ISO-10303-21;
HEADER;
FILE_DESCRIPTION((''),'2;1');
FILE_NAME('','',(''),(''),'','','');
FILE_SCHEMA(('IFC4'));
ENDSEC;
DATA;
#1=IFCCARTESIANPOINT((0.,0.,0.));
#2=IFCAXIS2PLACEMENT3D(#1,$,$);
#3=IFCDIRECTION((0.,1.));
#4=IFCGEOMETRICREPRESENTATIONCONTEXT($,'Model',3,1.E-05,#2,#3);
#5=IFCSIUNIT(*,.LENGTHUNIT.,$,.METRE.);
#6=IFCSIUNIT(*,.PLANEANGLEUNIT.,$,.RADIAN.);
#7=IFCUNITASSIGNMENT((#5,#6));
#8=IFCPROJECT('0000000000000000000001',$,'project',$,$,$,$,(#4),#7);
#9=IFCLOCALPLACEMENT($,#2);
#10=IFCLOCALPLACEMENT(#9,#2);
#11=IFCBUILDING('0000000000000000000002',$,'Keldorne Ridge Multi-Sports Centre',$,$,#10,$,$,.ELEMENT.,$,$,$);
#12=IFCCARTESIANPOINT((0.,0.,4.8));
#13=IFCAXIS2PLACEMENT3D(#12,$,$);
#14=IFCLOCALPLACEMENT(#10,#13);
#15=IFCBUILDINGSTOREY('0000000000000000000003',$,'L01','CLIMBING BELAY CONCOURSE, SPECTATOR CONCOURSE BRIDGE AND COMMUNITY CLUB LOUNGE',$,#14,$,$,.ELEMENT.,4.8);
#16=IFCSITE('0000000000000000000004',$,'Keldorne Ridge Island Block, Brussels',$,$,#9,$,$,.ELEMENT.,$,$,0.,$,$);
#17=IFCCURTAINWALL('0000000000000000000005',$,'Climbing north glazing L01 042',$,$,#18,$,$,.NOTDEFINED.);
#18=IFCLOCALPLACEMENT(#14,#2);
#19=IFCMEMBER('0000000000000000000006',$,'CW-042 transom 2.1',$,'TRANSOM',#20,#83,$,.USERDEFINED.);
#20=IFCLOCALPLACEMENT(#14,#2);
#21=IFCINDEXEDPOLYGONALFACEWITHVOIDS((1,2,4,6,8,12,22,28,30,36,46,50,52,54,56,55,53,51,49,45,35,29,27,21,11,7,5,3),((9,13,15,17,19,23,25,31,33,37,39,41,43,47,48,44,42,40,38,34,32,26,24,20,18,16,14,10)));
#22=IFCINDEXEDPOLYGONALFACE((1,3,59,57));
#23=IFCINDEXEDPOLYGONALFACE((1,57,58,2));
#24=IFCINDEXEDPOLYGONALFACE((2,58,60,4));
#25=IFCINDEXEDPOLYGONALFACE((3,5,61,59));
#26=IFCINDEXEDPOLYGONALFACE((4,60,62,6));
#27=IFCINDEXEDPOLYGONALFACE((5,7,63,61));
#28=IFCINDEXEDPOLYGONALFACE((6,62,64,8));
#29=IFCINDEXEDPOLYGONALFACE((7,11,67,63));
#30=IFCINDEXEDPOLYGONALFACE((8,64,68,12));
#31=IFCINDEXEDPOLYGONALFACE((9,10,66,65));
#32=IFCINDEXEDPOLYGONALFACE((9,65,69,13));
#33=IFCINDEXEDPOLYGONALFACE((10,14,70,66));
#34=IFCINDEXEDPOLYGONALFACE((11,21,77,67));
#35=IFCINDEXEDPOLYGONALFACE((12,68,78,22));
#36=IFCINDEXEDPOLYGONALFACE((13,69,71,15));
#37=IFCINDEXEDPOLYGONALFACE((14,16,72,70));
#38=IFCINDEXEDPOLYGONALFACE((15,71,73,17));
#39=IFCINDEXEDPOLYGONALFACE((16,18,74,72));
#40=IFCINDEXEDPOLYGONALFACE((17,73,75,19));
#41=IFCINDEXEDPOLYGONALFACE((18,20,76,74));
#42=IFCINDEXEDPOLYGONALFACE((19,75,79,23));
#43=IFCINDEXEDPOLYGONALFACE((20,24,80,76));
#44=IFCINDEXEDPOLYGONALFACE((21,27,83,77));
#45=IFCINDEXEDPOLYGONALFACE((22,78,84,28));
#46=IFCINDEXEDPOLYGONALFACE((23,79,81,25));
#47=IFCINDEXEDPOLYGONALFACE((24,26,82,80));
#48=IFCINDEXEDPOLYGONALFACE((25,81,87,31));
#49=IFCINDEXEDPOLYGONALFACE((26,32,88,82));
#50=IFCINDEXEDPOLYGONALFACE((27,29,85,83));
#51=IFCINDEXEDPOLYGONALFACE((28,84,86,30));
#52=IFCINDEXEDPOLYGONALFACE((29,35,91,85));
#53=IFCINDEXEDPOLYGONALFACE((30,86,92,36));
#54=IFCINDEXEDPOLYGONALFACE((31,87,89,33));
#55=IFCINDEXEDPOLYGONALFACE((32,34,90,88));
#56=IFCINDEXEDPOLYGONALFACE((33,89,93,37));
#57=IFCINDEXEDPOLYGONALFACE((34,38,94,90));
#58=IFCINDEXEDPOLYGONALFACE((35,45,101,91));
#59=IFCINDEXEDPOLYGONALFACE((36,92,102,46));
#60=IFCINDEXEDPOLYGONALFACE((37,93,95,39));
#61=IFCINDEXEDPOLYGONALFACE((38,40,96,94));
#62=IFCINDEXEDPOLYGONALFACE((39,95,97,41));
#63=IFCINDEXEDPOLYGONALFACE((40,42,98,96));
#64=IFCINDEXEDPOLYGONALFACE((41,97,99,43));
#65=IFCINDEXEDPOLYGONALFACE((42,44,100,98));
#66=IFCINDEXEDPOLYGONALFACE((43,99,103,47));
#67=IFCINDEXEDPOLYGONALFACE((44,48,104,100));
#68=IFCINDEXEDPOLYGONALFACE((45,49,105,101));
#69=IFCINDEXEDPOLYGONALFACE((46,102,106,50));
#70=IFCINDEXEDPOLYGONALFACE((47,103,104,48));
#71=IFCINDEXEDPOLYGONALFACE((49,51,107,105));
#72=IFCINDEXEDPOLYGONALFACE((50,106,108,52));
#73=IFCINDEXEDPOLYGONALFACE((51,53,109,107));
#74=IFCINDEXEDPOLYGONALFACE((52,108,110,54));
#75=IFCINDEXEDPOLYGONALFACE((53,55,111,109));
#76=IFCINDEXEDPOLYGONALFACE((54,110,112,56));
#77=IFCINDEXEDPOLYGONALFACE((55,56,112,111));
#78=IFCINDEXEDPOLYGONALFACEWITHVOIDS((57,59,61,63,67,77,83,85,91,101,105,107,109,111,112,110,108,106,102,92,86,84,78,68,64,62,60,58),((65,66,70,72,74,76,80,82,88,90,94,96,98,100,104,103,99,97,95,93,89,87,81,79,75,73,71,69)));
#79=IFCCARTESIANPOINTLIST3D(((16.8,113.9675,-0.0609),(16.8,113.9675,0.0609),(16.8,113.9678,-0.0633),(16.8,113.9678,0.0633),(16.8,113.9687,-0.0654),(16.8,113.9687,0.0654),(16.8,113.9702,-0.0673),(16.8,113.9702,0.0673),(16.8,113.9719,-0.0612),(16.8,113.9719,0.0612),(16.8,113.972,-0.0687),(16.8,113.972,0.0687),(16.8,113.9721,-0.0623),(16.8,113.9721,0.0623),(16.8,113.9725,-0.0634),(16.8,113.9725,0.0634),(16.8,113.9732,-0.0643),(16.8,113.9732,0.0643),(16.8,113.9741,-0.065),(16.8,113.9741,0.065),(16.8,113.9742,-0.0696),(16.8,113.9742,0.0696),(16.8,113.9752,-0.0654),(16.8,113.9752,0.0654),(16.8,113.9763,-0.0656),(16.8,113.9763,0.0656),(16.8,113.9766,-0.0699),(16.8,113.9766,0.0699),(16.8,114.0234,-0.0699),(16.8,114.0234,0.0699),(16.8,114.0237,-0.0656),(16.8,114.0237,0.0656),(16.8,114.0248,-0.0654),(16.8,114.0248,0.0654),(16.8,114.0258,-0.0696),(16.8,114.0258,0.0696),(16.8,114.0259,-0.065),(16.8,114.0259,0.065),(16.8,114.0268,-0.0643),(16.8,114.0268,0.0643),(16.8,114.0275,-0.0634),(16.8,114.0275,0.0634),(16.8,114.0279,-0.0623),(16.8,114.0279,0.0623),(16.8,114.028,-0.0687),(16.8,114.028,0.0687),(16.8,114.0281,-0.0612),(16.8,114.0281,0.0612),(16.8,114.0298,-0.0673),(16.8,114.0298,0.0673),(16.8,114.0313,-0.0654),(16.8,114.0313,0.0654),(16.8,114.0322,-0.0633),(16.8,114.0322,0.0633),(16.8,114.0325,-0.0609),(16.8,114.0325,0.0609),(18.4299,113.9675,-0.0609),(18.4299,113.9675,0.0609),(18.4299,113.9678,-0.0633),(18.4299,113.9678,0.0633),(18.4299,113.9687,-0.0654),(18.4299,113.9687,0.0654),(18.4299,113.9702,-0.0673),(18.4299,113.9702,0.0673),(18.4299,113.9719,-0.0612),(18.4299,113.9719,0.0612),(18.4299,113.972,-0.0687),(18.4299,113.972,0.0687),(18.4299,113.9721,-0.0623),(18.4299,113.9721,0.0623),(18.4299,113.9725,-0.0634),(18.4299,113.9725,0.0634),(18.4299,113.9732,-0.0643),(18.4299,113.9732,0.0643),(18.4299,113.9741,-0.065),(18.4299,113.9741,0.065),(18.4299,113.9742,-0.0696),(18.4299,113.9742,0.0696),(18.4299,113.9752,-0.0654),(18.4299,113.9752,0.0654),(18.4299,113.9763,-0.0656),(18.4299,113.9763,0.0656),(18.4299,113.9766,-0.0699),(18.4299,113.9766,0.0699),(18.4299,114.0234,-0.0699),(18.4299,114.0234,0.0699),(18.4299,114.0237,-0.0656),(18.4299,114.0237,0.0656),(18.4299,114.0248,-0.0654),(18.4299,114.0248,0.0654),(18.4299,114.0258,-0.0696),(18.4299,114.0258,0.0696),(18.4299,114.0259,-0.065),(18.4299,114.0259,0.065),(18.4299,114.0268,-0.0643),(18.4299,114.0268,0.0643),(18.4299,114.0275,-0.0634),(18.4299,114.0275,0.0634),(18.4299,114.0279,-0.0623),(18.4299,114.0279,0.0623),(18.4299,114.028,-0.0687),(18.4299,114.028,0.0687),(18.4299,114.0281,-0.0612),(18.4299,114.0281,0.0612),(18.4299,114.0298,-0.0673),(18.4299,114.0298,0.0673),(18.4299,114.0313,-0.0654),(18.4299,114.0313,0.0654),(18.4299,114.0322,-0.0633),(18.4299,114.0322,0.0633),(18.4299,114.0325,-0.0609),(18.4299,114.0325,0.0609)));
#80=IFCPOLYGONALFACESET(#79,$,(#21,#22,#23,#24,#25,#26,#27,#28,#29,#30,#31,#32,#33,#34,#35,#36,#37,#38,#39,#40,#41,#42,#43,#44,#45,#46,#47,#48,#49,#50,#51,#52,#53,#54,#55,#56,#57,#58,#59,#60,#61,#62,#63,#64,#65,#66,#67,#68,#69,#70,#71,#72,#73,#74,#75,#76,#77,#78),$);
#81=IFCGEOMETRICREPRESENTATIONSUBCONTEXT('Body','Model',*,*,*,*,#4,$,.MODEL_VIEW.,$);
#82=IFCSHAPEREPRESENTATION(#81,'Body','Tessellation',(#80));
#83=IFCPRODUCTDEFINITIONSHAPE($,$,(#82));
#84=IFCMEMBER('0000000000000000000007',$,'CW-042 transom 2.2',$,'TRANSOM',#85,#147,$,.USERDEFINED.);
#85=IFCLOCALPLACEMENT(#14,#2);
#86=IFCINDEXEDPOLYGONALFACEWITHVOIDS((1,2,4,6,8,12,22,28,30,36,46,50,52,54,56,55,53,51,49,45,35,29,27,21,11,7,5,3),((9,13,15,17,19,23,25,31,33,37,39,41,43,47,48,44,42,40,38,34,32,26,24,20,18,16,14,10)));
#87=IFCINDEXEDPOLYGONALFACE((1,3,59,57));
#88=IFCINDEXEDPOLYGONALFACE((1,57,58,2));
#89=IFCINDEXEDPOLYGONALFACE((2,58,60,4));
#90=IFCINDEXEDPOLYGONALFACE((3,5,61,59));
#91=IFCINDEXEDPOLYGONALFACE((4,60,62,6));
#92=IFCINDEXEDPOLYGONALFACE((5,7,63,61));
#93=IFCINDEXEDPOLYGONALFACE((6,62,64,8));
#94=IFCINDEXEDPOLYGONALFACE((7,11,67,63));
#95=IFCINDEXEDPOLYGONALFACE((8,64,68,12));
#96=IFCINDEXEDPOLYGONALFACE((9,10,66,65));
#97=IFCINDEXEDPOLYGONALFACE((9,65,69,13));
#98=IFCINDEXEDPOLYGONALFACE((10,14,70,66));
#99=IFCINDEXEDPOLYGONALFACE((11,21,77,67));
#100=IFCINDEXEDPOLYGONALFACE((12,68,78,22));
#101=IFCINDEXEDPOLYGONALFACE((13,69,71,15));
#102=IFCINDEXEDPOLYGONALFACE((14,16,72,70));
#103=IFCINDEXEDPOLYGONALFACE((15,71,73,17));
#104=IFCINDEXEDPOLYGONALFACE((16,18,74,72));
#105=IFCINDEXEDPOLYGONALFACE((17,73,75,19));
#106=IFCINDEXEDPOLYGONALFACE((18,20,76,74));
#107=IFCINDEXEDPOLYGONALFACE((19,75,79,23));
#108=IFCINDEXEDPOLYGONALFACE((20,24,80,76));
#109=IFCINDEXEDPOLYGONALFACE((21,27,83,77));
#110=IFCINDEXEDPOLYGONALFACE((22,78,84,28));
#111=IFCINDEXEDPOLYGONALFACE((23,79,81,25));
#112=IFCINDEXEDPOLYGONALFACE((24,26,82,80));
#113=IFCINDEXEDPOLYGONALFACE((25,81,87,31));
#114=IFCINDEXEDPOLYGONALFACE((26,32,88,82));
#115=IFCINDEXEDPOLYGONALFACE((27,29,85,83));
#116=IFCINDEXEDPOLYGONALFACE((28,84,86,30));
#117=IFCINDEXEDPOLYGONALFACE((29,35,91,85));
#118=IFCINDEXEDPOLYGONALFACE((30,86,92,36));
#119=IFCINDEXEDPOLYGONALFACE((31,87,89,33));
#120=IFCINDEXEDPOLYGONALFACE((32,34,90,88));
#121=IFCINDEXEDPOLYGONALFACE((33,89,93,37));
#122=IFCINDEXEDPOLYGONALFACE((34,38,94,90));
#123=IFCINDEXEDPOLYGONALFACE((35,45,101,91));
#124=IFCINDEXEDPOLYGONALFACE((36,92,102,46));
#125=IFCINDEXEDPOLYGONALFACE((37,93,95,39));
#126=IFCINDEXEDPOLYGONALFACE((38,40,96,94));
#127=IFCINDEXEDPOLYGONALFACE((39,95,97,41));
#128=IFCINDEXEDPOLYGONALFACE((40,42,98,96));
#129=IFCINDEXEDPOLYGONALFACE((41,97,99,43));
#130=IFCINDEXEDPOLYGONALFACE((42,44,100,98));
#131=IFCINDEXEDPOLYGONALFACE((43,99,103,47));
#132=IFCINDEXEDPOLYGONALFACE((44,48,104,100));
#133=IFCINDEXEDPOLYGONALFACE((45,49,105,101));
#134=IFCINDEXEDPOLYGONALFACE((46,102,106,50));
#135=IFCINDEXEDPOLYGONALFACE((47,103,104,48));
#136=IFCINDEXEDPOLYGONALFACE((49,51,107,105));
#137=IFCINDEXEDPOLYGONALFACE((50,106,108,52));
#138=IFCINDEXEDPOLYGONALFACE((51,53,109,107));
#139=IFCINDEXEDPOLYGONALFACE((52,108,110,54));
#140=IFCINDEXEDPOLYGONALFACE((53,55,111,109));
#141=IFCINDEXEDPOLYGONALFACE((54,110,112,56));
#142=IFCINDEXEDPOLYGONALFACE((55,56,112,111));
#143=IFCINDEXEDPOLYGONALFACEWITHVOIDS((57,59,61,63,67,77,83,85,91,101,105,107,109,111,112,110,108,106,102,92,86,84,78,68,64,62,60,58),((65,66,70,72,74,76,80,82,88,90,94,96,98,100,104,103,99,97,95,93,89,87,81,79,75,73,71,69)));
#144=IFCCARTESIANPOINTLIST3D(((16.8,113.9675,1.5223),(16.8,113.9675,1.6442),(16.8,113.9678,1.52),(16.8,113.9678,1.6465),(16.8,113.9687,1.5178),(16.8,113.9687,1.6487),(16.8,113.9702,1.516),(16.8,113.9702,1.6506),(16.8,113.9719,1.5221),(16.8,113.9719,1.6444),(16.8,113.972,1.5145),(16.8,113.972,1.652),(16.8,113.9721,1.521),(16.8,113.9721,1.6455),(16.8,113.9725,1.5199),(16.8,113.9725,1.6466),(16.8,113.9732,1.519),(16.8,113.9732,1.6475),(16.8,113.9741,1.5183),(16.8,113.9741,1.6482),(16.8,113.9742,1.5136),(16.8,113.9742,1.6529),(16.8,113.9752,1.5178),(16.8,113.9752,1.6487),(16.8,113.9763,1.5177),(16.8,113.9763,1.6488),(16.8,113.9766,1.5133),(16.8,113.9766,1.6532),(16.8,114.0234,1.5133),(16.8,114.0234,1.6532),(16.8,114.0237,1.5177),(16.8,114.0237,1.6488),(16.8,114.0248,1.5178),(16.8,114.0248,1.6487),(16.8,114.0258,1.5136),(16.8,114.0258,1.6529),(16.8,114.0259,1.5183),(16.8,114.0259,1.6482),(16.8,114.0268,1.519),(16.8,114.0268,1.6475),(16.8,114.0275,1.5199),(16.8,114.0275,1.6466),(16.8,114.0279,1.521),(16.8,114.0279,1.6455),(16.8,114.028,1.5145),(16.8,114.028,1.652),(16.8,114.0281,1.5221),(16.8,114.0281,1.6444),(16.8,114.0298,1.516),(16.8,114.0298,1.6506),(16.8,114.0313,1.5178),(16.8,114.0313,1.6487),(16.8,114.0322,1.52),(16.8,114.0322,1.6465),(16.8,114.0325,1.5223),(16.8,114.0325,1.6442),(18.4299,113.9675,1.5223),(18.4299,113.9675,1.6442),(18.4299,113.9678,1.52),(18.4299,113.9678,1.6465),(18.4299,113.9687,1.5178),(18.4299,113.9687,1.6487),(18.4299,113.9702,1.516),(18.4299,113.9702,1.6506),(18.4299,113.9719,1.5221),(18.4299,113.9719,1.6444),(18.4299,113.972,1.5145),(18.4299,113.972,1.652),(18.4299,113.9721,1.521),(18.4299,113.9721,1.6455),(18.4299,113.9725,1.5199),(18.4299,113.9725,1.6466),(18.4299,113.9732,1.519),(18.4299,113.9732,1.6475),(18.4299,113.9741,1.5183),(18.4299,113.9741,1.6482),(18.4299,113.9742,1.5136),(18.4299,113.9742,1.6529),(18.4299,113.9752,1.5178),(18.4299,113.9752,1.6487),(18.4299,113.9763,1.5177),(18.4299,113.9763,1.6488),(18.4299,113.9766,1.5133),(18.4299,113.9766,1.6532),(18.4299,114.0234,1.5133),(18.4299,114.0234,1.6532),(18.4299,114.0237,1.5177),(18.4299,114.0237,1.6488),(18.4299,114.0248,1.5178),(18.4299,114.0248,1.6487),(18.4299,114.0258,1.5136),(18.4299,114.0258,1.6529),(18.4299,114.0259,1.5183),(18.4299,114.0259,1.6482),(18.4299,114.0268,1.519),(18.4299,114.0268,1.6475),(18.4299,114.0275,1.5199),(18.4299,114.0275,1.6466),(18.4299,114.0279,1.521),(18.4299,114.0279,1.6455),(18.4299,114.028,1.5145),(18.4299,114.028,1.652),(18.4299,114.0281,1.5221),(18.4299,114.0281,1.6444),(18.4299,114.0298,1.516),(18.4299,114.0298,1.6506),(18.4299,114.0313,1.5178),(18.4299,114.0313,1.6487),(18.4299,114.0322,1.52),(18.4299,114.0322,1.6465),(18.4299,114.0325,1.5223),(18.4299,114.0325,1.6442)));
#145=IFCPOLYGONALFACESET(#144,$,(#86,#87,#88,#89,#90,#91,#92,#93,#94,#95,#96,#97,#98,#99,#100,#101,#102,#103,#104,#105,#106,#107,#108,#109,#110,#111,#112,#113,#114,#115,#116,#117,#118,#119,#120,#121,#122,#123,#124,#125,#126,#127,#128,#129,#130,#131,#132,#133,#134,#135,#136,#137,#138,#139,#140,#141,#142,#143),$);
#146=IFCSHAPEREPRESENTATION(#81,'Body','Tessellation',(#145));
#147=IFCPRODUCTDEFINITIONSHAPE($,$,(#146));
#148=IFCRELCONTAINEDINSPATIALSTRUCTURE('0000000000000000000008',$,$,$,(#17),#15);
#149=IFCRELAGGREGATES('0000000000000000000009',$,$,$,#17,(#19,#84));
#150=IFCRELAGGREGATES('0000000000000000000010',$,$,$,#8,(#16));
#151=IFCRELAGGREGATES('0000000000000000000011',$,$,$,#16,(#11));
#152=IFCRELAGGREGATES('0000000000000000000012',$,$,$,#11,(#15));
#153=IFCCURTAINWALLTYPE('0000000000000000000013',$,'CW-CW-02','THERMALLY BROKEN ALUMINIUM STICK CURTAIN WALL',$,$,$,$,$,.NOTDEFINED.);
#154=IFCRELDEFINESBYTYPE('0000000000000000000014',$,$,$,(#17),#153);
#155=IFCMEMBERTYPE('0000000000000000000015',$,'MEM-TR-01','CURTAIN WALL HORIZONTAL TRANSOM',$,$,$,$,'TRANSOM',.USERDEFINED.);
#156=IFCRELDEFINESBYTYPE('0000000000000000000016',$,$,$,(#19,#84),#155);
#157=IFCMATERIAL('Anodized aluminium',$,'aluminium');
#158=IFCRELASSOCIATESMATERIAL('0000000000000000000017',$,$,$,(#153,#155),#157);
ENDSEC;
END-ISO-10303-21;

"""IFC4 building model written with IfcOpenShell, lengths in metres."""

from ifc_helpers import new_model, si_unit, direction, frame, origin, origin_2d, place, context, subcontext, project, spatial, hollow_rectangle, extrude, material, material_profile, profile_set, type_object, element, aggregate, save


model = new_model("IFC4")

# Units and contexts
model_context = context("Model", 3, precision=1e-05, world=origin(), true_north=direction((0.0, 1.0)))
body_context = subcontext(model_context, "Body", "Model", "MODEL_VIEW")
ifc_project = project(units=[si_unit("LENGTHUNIT", "METRE"), si_unit("PLANEANGLEUNIT", "RADIAN")], contexts=[model_context])

# Site, building, storey
site_placement = place(None, origin())
site = spatial("IfcSite", under=ifc_project, at=site_placement, Name="Keldorne Ridge Island Block, Brussels", CompositionType="ELEMENT", RefElevation=0.0)
building_placement = place(site_placement, origin())
building = spatial("IfcBuilding", under=site, at=building_placement, Name="Keldorne Ridge Multi-Sports Centre", CompositionType="ELEMENT")
storey_placement = place(building_placement, frame((0.0, 0.0, 4.8)))
storey = spatial("IfcBuildingStorey", under=building, at=storey_placement, Name="L01", Description="CLIMBING BELAY CONCOURSE, SPECTATOR CONCOURSE BRIDGE AND COMMUNITY CLUB LOUNGE", CompositionType="ELEMENT", Elevation=4.8)

# Curtain wall
ifc_material_1 = material(Name="Anodized aluminium", Category="aluminium")
curtain_wall_type_1 = type_object("IfcCurtainWallType", Name="CW-CW-02", Description="THERMALLY BROKEN ALUMINIUM STICK CURTAIN WALL", PredefinedType="NOTDEFINED", material=ifc_material_1)
curtain_wall_1_placement = place(storey_placement, origin())
curtain_wall_1 = element("IfcCurtainWall", 1, at=curtain_wall_1_placement, inside=storey, type_object=curtain_wall_type_1, Name="Climbing north glazing L01 042", PredefinedType="NOTDEFINED")

# Members
ifc_material_profile_1 = material_profile(ifc_material_1, hollow_rectangle(XDim=0.0649, YDim=0.1399, WallThickness=0.0044, InnerFilletRadius=0.0044, OuterFilletRadius=0.009, at=origin_2d()), Name="ALU TRANSOM 140x65x4.5")
ifc_profile_set_1 = profile_set([ifc_material_profile_1], Name="Anodized aluminium")
member_type_1 = type_object("IfcMemberType", Name="MEM-TR-01", Description="CURTAIN WALL HORIZONTAL TRANSOM", ElementType="TRANSOM", PredefinedType="USERDEFINED", material=ifc_profile_set_1)
member_1_placement = place(storey_placement, frame((18.4299, 114.0, 0.0), z_axis=(-1.0, 0.0, 0.0), x_axis=(0.0, -1.0, 0.0)))
member_1 = element("IfcMember", 2, at=member_1_placement, type_object=member_type_1, Name="CW-042 transom 2.1", ObjectType="TRANSOM", PredefinedType="USERDEFINED", context=body_context, shape_type="SweptSolid", body=[
    extrude(hollow_rectangle(XDim=0.0649, YDim=0.1399, WallThickness=0.0044, InnerFilletRadius=0.0044, OuterFilletRadius=0.009, at=origin_2d()), origin(), (0.0, 0.0, 1.0), 1.6299),
])
member_2_placement = place(storey_placement, frame((18.4299, 114.0, 1.5833), z_axis=(-1.0, 0.0, 0.0), x_axis=(0.0, -1.0, 0.0)))
member_2 = element("IfcMember", 3, at=member_2_placement, type_object=member_type_1, Name="CW-042 transom 2.2", ObjectType="TRANSOM", PredefinedType="USERDEFINED", context=body_context, shape_type="SweptSolid", body=[
    extrude(hollow_rectangle(XDim=0.0649, YDim=0.1399, WallThickness=0.0044, InnerFilletRadius=0.0044, OuterFilletRadius=0.009, at=origin_2d()), origin(), (0.0, 0.0, 1.0), 1.6299),
])

aggregate(curtain_wall_1, [member_1, member_2])

save(model, "model.ifc")
